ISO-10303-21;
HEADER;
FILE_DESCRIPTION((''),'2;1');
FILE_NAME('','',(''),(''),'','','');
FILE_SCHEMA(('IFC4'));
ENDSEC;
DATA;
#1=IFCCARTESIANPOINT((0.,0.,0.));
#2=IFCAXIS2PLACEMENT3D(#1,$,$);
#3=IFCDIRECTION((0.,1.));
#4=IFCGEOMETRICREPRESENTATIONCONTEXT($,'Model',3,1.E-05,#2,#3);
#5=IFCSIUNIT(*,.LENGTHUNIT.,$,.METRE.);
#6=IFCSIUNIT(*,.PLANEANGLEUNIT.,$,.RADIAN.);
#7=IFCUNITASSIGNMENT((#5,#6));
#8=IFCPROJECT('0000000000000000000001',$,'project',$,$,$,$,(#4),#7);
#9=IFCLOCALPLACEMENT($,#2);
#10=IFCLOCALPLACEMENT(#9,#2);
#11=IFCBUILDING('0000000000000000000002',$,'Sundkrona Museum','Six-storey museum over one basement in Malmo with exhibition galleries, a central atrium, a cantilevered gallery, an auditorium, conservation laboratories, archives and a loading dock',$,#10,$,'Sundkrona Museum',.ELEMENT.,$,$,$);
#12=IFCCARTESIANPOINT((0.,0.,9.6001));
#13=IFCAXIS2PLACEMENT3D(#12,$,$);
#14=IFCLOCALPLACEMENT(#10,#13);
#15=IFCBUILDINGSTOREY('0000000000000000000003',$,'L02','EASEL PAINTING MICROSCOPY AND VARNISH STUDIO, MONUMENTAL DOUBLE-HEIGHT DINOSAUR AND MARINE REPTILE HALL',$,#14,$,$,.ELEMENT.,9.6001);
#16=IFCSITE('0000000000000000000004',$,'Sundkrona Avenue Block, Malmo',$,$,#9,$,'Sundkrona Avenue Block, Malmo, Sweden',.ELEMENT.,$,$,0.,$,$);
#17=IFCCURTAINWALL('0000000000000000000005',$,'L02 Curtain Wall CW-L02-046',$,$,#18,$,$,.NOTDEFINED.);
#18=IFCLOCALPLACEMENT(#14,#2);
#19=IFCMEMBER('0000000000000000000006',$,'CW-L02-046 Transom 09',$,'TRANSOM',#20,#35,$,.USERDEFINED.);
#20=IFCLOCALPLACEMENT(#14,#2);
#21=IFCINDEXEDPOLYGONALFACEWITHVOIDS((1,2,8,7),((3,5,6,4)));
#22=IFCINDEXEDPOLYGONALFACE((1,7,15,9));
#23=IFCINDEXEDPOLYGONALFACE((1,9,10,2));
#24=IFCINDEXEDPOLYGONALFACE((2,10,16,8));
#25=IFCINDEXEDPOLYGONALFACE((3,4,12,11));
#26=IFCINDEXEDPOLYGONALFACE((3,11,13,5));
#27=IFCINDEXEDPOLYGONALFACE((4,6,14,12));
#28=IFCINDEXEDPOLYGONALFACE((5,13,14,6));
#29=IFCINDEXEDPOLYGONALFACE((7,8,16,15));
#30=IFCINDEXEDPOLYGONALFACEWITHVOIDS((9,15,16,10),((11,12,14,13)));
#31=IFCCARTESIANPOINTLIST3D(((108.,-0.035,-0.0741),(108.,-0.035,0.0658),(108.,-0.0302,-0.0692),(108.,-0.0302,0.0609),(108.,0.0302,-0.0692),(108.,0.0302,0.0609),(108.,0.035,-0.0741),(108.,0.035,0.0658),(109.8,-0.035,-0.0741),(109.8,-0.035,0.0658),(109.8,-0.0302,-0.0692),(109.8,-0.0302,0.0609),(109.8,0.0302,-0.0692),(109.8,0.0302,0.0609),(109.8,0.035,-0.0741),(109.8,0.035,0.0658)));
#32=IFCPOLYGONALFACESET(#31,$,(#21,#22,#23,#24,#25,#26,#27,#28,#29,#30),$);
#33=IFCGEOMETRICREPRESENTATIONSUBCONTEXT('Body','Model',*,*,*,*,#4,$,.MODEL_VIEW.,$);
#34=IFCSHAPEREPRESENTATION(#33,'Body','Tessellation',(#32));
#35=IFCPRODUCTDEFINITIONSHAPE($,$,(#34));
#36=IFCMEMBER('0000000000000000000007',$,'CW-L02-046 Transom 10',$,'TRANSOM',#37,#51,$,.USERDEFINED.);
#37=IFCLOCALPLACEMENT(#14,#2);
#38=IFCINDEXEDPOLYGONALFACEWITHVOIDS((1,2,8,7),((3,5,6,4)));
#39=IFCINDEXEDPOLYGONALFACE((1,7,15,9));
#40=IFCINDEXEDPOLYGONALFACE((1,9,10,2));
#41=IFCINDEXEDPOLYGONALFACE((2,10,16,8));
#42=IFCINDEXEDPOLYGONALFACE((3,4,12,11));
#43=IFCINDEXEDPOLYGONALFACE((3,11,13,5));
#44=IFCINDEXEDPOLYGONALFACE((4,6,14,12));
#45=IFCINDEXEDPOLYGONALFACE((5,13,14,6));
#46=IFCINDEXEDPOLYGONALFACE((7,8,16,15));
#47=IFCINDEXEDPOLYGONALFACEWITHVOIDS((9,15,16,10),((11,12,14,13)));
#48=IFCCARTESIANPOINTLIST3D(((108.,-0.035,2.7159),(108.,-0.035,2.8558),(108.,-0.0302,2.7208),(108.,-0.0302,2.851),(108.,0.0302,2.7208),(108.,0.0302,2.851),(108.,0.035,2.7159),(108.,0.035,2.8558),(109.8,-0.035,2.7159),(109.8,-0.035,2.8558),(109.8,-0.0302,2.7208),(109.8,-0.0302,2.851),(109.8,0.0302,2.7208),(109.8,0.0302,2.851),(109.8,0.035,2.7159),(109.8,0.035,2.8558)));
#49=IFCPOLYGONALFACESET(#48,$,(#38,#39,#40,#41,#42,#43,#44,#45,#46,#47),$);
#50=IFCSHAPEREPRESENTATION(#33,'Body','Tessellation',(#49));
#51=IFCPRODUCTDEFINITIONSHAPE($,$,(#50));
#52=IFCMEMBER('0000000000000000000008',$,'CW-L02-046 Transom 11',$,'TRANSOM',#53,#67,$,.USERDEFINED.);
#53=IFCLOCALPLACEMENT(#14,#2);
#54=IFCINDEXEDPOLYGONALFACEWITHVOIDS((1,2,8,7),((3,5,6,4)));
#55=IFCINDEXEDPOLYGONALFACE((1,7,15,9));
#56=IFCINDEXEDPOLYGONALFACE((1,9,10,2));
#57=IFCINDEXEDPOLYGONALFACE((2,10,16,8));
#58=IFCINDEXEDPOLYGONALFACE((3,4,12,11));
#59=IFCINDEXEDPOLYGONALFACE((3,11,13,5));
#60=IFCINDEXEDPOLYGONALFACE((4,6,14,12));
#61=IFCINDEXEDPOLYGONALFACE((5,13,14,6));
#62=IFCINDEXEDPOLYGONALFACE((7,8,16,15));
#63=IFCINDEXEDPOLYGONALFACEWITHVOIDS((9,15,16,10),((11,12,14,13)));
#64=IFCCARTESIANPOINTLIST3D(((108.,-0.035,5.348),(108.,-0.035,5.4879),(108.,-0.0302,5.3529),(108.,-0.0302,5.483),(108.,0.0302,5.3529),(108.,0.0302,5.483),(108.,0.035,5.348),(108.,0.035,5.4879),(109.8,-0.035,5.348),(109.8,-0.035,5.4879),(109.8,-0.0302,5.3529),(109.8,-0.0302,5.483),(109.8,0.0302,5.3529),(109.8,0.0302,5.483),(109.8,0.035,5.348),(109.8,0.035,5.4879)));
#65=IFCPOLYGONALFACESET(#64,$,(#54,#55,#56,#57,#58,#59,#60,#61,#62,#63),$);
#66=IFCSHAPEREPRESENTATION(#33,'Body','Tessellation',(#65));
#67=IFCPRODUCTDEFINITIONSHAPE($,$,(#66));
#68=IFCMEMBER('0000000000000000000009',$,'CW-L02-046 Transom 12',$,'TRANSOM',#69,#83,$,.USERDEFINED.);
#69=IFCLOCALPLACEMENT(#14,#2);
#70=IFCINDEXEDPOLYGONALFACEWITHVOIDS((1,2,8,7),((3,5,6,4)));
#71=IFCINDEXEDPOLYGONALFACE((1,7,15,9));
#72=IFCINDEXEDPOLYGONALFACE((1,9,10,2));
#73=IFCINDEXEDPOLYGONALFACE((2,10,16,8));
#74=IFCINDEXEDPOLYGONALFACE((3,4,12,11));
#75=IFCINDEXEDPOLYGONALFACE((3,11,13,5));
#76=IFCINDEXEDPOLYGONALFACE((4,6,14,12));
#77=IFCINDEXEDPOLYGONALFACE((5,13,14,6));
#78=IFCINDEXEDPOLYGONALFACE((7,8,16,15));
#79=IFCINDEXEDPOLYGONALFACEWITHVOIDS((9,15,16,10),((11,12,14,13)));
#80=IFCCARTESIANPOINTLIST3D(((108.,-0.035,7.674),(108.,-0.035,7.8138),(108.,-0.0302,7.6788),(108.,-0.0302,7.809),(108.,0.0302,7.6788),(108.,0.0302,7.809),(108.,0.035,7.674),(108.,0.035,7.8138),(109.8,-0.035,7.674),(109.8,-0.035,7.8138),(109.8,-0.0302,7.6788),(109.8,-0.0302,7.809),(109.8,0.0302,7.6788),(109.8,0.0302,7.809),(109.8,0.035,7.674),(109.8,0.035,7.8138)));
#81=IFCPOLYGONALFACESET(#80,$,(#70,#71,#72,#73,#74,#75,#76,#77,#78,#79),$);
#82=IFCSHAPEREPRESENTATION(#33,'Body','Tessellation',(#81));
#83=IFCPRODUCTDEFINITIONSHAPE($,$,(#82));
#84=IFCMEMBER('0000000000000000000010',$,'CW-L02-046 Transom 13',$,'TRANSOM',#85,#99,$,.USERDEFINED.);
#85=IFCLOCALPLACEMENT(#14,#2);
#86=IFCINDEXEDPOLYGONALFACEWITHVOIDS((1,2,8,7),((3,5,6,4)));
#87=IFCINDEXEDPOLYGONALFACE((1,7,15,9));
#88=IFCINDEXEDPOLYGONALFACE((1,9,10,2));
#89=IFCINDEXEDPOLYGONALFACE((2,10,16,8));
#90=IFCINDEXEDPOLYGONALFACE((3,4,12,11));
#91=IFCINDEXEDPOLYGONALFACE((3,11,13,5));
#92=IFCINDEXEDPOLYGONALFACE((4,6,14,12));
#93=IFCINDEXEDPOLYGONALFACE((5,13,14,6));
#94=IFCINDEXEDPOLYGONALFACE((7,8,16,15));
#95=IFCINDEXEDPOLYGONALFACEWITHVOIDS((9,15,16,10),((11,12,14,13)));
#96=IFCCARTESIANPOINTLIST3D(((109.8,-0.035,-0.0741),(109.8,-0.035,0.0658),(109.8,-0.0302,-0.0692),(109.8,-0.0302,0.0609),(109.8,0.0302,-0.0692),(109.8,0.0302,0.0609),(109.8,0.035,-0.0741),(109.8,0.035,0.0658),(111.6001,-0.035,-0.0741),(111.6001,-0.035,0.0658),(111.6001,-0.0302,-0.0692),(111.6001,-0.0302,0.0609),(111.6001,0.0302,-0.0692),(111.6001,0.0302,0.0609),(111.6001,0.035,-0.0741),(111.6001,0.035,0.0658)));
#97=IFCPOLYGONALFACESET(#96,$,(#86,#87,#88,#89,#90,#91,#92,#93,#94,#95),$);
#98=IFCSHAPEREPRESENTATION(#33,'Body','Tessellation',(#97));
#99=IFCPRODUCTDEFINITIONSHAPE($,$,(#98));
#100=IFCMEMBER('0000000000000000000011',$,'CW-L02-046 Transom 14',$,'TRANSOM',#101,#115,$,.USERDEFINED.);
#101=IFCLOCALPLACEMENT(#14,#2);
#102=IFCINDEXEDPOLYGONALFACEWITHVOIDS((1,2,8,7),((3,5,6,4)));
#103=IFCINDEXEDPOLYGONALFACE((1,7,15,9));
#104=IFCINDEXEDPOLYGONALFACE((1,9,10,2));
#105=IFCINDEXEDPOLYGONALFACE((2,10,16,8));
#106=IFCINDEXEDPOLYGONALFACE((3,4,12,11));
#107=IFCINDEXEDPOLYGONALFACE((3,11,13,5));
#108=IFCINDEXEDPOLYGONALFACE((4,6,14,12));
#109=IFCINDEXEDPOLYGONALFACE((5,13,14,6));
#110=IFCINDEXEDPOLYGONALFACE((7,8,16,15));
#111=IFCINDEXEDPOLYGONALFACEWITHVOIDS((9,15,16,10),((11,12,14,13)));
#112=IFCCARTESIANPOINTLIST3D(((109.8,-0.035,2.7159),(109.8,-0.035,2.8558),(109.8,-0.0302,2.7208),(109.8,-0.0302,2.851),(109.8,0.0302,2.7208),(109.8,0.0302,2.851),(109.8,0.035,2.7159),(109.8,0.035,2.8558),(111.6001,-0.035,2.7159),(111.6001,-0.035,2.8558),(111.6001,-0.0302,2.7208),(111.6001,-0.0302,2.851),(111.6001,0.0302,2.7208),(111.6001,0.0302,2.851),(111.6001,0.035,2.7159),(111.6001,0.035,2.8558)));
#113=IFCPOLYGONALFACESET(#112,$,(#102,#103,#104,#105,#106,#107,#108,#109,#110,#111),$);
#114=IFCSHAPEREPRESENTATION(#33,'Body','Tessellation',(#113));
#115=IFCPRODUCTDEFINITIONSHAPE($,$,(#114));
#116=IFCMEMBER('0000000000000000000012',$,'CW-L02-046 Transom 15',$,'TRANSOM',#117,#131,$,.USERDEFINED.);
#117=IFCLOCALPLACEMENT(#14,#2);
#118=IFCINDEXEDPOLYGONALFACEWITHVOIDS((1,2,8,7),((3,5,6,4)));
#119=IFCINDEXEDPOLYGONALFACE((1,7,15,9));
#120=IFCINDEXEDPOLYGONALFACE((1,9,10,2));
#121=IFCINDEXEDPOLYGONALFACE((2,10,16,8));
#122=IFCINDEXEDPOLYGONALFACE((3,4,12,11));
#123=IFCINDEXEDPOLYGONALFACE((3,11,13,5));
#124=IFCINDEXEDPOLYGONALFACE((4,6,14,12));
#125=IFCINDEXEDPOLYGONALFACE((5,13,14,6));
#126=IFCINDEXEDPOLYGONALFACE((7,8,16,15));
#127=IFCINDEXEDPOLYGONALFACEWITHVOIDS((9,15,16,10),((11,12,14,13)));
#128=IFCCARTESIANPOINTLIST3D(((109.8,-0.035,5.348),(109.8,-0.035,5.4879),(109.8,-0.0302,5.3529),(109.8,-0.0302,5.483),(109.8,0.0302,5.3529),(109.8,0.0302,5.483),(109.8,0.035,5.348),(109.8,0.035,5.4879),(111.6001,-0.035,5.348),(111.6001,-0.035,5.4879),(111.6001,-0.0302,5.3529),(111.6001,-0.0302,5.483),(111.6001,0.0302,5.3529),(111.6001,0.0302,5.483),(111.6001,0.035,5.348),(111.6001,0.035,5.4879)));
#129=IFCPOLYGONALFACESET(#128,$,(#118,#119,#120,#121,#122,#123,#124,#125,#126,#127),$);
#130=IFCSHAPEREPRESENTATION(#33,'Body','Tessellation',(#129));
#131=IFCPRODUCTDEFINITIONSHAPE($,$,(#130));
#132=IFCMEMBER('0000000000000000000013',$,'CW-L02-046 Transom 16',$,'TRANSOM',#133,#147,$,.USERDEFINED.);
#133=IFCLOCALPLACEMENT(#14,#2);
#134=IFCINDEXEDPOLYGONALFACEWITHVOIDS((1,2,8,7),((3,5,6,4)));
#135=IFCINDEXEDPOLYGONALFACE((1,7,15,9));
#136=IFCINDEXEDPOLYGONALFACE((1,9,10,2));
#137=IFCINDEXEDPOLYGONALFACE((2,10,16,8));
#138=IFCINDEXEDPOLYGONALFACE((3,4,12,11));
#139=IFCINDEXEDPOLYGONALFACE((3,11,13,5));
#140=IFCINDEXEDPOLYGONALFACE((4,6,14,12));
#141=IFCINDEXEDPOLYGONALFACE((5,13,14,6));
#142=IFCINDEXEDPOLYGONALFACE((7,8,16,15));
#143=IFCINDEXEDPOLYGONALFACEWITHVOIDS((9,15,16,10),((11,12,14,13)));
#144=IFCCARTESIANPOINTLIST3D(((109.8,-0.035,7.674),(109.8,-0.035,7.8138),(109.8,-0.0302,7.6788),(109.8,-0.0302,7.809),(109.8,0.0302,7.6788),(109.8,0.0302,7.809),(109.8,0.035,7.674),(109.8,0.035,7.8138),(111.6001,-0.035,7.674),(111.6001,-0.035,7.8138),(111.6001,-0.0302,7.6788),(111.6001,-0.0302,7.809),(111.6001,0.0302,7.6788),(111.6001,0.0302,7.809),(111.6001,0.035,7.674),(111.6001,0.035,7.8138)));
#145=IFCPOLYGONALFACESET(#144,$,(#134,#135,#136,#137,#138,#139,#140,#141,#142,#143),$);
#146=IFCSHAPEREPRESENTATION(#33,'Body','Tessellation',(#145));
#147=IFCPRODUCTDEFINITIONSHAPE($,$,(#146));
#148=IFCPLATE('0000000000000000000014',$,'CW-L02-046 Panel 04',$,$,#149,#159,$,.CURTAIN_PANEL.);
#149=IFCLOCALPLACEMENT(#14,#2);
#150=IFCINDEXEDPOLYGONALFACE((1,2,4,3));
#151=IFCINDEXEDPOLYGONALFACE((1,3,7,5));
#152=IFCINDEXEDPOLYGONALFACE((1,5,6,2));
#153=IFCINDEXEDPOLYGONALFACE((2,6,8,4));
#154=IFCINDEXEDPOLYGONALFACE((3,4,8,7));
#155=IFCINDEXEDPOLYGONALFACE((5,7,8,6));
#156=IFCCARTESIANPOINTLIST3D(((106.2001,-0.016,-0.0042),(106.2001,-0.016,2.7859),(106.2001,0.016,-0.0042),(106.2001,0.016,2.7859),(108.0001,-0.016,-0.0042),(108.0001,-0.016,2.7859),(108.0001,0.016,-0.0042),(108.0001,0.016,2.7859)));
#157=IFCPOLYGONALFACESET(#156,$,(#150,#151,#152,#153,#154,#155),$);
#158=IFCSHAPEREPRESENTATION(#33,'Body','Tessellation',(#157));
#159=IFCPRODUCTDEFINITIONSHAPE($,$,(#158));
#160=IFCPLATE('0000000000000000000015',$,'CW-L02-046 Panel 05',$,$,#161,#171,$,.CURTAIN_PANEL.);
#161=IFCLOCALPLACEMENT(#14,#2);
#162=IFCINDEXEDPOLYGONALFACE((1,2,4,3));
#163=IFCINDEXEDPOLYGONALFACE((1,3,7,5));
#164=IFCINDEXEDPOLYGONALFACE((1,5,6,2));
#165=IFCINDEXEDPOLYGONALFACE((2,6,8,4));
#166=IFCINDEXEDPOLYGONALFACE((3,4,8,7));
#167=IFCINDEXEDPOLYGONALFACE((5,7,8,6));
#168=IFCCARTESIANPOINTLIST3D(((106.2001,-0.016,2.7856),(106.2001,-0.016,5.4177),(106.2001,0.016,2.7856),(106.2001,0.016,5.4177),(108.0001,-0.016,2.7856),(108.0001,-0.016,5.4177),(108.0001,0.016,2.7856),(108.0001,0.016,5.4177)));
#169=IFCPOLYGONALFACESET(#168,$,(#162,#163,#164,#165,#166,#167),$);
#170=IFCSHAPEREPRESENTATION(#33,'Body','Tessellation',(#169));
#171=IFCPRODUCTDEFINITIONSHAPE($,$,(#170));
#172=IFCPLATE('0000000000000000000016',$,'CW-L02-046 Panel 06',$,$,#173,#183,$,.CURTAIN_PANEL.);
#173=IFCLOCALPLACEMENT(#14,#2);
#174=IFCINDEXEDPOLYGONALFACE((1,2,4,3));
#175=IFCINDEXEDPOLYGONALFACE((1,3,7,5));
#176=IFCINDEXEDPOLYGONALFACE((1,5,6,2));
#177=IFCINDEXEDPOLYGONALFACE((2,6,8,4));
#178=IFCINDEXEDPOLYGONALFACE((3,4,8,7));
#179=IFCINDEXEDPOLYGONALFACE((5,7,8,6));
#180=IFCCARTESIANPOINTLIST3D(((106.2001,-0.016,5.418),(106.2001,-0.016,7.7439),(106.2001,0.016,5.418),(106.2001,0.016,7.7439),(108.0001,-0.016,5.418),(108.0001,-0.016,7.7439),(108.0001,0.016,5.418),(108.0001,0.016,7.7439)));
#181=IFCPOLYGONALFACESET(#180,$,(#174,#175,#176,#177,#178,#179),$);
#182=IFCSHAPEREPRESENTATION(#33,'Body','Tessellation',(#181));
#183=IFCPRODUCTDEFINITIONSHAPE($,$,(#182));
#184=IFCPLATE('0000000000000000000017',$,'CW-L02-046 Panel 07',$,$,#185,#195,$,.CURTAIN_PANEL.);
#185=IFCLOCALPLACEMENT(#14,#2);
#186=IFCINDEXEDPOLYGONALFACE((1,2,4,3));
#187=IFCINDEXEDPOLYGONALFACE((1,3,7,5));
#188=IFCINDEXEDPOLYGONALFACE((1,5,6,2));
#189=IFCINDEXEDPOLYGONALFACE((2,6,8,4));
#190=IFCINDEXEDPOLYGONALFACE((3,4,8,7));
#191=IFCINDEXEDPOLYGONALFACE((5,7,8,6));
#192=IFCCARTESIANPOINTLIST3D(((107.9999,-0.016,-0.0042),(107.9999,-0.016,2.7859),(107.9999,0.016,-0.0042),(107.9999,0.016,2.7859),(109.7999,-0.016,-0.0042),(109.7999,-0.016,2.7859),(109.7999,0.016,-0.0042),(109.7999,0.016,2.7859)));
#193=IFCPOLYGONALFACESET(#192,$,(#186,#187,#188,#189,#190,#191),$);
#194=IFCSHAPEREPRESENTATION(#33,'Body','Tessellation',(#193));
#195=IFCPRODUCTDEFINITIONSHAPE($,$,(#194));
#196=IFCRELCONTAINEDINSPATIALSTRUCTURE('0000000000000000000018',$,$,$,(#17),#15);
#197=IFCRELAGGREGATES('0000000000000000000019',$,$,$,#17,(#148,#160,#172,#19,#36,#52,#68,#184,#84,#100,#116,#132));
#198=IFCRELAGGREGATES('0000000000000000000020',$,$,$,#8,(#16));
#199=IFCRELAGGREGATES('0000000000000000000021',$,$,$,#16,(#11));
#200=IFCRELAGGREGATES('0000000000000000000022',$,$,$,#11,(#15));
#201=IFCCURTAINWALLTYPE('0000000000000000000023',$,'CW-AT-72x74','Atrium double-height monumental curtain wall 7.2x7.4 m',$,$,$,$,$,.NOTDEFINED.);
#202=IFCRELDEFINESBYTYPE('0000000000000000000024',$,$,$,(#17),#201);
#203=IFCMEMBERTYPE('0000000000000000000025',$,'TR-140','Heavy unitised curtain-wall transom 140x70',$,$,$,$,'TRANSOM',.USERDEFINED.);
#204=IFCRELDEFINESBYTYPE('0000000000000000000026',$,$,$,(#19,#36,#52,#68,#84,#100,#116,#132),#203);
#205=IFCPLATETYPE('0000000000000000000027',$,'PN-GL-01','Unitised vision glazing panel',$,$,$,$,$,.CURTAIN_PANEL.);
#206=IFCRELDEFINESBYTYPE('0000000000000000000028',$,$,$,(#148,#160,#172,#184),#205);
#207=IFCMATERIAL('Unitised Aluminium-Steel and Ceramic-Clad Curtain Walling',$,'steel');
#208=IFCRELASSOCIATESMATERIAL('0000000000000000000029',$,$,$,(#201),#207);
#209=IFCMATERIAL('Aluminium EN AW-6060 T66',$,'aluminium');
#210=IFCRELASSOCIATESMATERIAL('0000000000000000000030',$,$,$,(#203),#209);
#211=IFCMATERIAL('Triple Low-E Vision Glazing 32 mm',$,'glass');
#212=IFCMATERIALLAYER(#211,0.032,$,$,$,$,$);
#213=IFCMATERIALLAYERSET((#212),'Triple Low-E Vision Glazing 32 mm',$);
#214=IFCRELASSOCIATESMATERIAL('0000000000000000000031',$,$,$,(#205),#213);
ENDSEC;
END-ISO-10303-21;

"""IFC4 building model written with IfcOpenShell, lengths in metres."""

from ifc_helpers import new_model, si_unit, direction, frame, origin, origin_2d, place, context, subcontext, project, spatial, rectangle, hollow_rectangle, extrude, material, layer, layer_set, material_profile, profile_set, type_object, element, aggregate, save


model = new_model("IFC4")

# Units and contexts
model_context = context("Model", 3, precision=1e-05, world=origin(), true_north=direction((0.0, 1.0)))
body_context = subcontext(model_context, "Body", "Model", "MODEL_VIEW")
ifc_project = project(units=[si_unit("LENGTHUNIT", "METRE"), si_unit("PLANEANGLEUNIT", "RADIAN")], contexts=[model_context])

# Site, building, storey
site_placement = place(None, origin())
site = spatial("IfcSite", under=ifc_project, at=site_placement, Name="Sundkrona Avenue Block, Malmo", LongName="Sundkrona Avenue Block, Malmo, Sweden", CompositionType="ELEMENT", RefElevation=0.0)
building_placement = place(site_placement, origin())
building = spatial("IfcBuilding", under=site, at=building_placement, Name="Sundkrona Museum", Description="Six-storey museum over one basement in Malmo with exhibition galleries, a central atrium, a cantilevered gallery, an auditorium, conservation laboratories, archives and a loading dock", LongName="Sundkrona Museum", CompositionType="ELEMENT")
storey_placement = place(building_placement, frame((0.0, 0.0, 9.6001)))
storey = spatial("IfcBuildingStorey", under=building, at=storey_placement, Name="L02", Description="EASEL PAINTING MICROSCOPY AND VARNISH STUDIO, MONUMENTAL DOUBLE-HEIGHT DINOSAUR AND MARINE REPTILE HALL", CompositionType="ELEMENT", Elevation=9.6001)

# Curtain wall, members, plates
ifc_material_1 = material(Name="Unitised Aluminium-Steel and Ceramic-Clad Curtain Walling", Category="steel")
curtain_wall_type = type_object("IfcCurtainWallType", Name="CW-AT-72x74", Description="Atrium double-height monumental curtain wall 7.2x7.4 m", PredefinedType="NOTDEFINED", material=ifc_material_1)
curtain_wall_placement = place(storey_placement, origin())
curtain_wall = element("IfcCurtainWall", 1, at=curtain_wall_placement, inside=storey, type_object=curtain_wall_type, Name="L02 Curtain Wall CW-L02-046", PredefinedType="NOTDEFINED")
ifc_material_2 = material(Name="Aluminium EN AW-6060 T66", Category="aluminium")
ifc_material_profile_1 = material_profile(ifc_material_2, hollow_rectangle(XDim=0.0701, YDim=0.1399, WallThickness=0.0049, at=origin_2d()), Name="RHS 140x70x5.0")
ifc_profile_set_1 = profile_set([ifc_material_profile_1], Name="Aluminium EN AW-6060 T66")
member_type_1 = type_object("IfcMemberType", Name="TR-140", Description="Heavy unitised curtain-wall transom 140x70", ElementType="TRANSOM", PredefinedType="USERDEFINED", material=ifc_profile_set_1)
member_1_placement = place(storey_placement, frame((108.0, 0.0, -0.0042), z_axis=(1.0, 0.0, 0.0), x_axis=(0.0, 1.0, 0.0)))
member_1 = element("IfcMember", 2, at=member_1_placement, type_object=member_type_1, Name="CW-L02-046 Transom 09", ObjectType="TRANSOM", PredefinedType="USERDEFINED", context=body_context, shape_type="SweptSolid", body=[
    extrude(hollow_rectangle(XDim=0.0701, YDim=0.1399, WallThickness=0.0049, at=origin_2d()), origin(), (0.0, 0.0, 1.0), 1.8),
])
member_2_placement = place(storey_placement, frame((108.0, 0.0, 2.7859), z_axis=(1.0, 0.0, 0.0), x_axis=(0.0, 1.0, 0.0)))
member_2 = element("IfcMember", 3, at=member_2_placement, type_object=member_type_1, Name="CW-L02-046 Transom 10", ObjectType="TRANSOM", PredefinedType="USERDEFINED", context=body_context, shape_type="SweptSolid", body=[
    extrude(hollow_rectangle(XDim=0.0701, YDim=0.1399, WallThickness=0.0049, at=origin_2d()), origin(), (0.0, 0.0, 1.0), 1.8),
])
member_3_placement = place(storey_placement, frame((108.0, 0.0, 5.418), z_axis=(1.0, 0.0, 0.0), x_axis=(0.0, 1.0, 0.0)))
member_3 = element("IfcMember", 4, at=member_3_placement, type_object=member_type_1, Name="CW-L02-046 Transom 11", ObjectType="TRANSOM", PredefinedType="USERDEFINED", context=body_context, shape_type="SweptSolid", body=[
    extrude(hollow_rectangle(XDim=0.0701, YDim=0.1399, WallThickness=0.0049, at=origin_2d()), origin(), (0.0, 0.0, 1.0), 1.8),
])
member_4_placement = place(storey_placement, frame((108.0, 0.0, 7.7439), z_axis=(1.0, 0.0, 0.0), x_axis=(0.0, 1.0, 0.0)))
member_4 = element("IfcMember", 5, at=member_4_placement, type_object=member_type_1, Name="CW-L02-046 Transom 12", ObjectType="TRANSOM", PredefinedType="USERDEFINED", context=body_context, shape_type="SweptSolid", body=[
    extrude(hollow_rectangle(XDim=0.0701, YDim=0.1399, WallThickness=0.0049, at=origin_2d()), origin(), (0.0, 0.0, 1.0), 1.8),
])
member_5_placement = place(storey_placement, frame((109.8, 0.0, -0.0042), z_axis=(1.0, 0.0, 0.0), x_axis=(0.0, 1.0, 0.0)))
member_5 = element("IfcMember", 6, at=member_5_placement, type_object=member_type_1, Name="CW-L02-046 Transom 13", ObjectType="TRANSOM", PredefinedType="USERDEFINED", context=body_context, shape_type="SweptSolid", body=[
    extrude(hollow_rectangle(XDim=0.0701, YDim=0.1399, WallThickness=0.0049, at=origin_2d()), origin(), (0.0, 0.0, 1.0), 1.8),
])
member_6_placement = place(storey_placement, frame((109.8, 0.0, 2.7859), z_axis=(1.0, 0.0, 0.0), x_axis=(0.0, 1.0, 0.0)))
member_6 = element("IfcMember", 7, at=member_6_placement, type_object=member_type_1, Name="CW-L02-046 Transom 14", ObjectType="TRANSOM", PredefinedType="USERDEFINED", context=body_context, shape_type="SweptSolid", body=[
    extrude(hollow_rectangle(XDim=0.0701, YDim=0.1399, WallThickness=0.0049, at=origin_2d()), origin(), (0.0, 0.0, 1.0), 1.8),
])
member_7_placement = place(storey_placement, frame((109.8, 0.0, 5.418), z_axis=(1.0, 0.0, 0.0), x_axis=(0.0, 1.0, 0.0)))
member_7 = element("IfcMember", 8, at=member_7_placement, type_object=member_type_1, Name="CW-L02-046 Transom 15", ObjectType="TRANSOM", PredefinedType="USERDEFINED", context=body_context, shape_type="SweptSolid", body=[
    extrude(hollow_rectangle(XDim=0.0701, YDim=0.1399, WallThickness=0.0049, at=origin_2d()), origin(), (0.0, 0.0, 1.0), 1.8),
])
member_8_placement = place(storey_placement, frame((109.8, 0.0, 7.7439), z_axis=(1.0, 0.0, 0.0), x_axis=(0.0, 1.0, 0.0)))
member_8 = element("IfcMember", 9, at=member_8_placement, type_object=member_type_1, Name="CW-L02-046 Transom 16", ObjectType="TRANSOM", PredefinedType="USERDEFINED", context=body_context, shape_type="SweptSolid", body=[
    extrude(hollow_rectangle(XDim=0.0701, YDim=0.1399, WallThickness=0.0049, at=origin_2d()), origin(), (0.0, 0.0, 1.0), 1.8),
])
ifc_material_3 = material(Name="Triple Low-E Vision Glazing 32 mm", Category="glass")
ifc_layer = layer(ifc_material_3, 0.032)
ifc_layer_set = layer_set([ifc_layer], Name="Triple Low-E Vision Glazing 32 mm")
plate_type = type_object("IfcPlateType", Name="PN-GL-01", Description="Unitised vision glazing panel", PredefinedType="CURTAIN_PANEL", material=ifc_layer_set)
plate_1_placement = place(storey_placement, frame((107.1001, 0.0, -0.0042), z_axis=(0.0, 0.0, 1.0), x_axis=(1.0, 0.0, 0.0)))
plate_1 = element("IfcPlate", 10, at=plate_1_placement, type_object=plate_type, Name="CW-L02-046 Panel 04", PredefinedType="CURTAIN_PANEL", context=body_context, shape_type="SweptSolid", body=[
    extrude(rectangle(XDim=1.8, YDim=0.032, at=origin_2d()), origin(), (0.0, 0.0, 1.0), 2.79),
])
plate_2_placement = place(storey_placement, frame((107.1001, 0.0, 2.7856), z_axis=(0.0, 0.0, 1.0), x_axis=(1.0, 0.0, 0.0)))
plate_2 = element("IfcPlate", 11, at=plate_2_placement, type_object=plate_type, Name="CW-L02-046 Panel 05", PredefinedType="CURTAIN_PANEL", context=body_context, shape_type="SweptSolid", body=[
    extrude(rectangle(XDim=1.8, YDim=0.032, at=origin_2d()), origin(), (0.0, 0.0, 1.0), 2.6321),
])
plate_3_placement = place(storey_placement, frame((107.1001, 0.0, 5.418), z_axis=(0.0, 0.0, 1.0), x_axis=(1.0, 0.0, 0.0)))
plate_3 = element("IfcPlate", 12, at=plate_3_placement, type_object=plate_type, Name="CW-L02-046 Panel 06", PredefinedType="CURTAIN_PANEL", context=body_context, shape_type="SweptSolid", body=[
    extrude(rectangle(XDim=1.8, YDim=0.032, at=origin_2d()), origin(), (0.0, 0.0, 1.0), 2.3259),
])
plate_4_placement = place(storey_placement, frame((108.8999, 0.0, -0.0042), z_axis=(0.0, 0.0, 1.0), x_axis=(1.0, 0.0, 0.0)))
plate_4 = element("IfcPlate", 13, at=plate_4_placement, type_object=plate_type, Name="CW-L02-046 Panel 07", PredefinedType="CURTAIN_PANEL", context=body_context, shape_type="SweptSolid", body=[
    extrude(rectangle(XDim=1.8, YDim=0.032, at=origin_2d()), origin(), (0.0, 0.0, 1.0), 2.79),
])
aggregate(curtain_wall, [plate_1, plate_2, plate_3, member_1, member_2, member_3, member_4, plate_4, member_5, member_6, member_7, member_8])

save(model, "model.ifc")
